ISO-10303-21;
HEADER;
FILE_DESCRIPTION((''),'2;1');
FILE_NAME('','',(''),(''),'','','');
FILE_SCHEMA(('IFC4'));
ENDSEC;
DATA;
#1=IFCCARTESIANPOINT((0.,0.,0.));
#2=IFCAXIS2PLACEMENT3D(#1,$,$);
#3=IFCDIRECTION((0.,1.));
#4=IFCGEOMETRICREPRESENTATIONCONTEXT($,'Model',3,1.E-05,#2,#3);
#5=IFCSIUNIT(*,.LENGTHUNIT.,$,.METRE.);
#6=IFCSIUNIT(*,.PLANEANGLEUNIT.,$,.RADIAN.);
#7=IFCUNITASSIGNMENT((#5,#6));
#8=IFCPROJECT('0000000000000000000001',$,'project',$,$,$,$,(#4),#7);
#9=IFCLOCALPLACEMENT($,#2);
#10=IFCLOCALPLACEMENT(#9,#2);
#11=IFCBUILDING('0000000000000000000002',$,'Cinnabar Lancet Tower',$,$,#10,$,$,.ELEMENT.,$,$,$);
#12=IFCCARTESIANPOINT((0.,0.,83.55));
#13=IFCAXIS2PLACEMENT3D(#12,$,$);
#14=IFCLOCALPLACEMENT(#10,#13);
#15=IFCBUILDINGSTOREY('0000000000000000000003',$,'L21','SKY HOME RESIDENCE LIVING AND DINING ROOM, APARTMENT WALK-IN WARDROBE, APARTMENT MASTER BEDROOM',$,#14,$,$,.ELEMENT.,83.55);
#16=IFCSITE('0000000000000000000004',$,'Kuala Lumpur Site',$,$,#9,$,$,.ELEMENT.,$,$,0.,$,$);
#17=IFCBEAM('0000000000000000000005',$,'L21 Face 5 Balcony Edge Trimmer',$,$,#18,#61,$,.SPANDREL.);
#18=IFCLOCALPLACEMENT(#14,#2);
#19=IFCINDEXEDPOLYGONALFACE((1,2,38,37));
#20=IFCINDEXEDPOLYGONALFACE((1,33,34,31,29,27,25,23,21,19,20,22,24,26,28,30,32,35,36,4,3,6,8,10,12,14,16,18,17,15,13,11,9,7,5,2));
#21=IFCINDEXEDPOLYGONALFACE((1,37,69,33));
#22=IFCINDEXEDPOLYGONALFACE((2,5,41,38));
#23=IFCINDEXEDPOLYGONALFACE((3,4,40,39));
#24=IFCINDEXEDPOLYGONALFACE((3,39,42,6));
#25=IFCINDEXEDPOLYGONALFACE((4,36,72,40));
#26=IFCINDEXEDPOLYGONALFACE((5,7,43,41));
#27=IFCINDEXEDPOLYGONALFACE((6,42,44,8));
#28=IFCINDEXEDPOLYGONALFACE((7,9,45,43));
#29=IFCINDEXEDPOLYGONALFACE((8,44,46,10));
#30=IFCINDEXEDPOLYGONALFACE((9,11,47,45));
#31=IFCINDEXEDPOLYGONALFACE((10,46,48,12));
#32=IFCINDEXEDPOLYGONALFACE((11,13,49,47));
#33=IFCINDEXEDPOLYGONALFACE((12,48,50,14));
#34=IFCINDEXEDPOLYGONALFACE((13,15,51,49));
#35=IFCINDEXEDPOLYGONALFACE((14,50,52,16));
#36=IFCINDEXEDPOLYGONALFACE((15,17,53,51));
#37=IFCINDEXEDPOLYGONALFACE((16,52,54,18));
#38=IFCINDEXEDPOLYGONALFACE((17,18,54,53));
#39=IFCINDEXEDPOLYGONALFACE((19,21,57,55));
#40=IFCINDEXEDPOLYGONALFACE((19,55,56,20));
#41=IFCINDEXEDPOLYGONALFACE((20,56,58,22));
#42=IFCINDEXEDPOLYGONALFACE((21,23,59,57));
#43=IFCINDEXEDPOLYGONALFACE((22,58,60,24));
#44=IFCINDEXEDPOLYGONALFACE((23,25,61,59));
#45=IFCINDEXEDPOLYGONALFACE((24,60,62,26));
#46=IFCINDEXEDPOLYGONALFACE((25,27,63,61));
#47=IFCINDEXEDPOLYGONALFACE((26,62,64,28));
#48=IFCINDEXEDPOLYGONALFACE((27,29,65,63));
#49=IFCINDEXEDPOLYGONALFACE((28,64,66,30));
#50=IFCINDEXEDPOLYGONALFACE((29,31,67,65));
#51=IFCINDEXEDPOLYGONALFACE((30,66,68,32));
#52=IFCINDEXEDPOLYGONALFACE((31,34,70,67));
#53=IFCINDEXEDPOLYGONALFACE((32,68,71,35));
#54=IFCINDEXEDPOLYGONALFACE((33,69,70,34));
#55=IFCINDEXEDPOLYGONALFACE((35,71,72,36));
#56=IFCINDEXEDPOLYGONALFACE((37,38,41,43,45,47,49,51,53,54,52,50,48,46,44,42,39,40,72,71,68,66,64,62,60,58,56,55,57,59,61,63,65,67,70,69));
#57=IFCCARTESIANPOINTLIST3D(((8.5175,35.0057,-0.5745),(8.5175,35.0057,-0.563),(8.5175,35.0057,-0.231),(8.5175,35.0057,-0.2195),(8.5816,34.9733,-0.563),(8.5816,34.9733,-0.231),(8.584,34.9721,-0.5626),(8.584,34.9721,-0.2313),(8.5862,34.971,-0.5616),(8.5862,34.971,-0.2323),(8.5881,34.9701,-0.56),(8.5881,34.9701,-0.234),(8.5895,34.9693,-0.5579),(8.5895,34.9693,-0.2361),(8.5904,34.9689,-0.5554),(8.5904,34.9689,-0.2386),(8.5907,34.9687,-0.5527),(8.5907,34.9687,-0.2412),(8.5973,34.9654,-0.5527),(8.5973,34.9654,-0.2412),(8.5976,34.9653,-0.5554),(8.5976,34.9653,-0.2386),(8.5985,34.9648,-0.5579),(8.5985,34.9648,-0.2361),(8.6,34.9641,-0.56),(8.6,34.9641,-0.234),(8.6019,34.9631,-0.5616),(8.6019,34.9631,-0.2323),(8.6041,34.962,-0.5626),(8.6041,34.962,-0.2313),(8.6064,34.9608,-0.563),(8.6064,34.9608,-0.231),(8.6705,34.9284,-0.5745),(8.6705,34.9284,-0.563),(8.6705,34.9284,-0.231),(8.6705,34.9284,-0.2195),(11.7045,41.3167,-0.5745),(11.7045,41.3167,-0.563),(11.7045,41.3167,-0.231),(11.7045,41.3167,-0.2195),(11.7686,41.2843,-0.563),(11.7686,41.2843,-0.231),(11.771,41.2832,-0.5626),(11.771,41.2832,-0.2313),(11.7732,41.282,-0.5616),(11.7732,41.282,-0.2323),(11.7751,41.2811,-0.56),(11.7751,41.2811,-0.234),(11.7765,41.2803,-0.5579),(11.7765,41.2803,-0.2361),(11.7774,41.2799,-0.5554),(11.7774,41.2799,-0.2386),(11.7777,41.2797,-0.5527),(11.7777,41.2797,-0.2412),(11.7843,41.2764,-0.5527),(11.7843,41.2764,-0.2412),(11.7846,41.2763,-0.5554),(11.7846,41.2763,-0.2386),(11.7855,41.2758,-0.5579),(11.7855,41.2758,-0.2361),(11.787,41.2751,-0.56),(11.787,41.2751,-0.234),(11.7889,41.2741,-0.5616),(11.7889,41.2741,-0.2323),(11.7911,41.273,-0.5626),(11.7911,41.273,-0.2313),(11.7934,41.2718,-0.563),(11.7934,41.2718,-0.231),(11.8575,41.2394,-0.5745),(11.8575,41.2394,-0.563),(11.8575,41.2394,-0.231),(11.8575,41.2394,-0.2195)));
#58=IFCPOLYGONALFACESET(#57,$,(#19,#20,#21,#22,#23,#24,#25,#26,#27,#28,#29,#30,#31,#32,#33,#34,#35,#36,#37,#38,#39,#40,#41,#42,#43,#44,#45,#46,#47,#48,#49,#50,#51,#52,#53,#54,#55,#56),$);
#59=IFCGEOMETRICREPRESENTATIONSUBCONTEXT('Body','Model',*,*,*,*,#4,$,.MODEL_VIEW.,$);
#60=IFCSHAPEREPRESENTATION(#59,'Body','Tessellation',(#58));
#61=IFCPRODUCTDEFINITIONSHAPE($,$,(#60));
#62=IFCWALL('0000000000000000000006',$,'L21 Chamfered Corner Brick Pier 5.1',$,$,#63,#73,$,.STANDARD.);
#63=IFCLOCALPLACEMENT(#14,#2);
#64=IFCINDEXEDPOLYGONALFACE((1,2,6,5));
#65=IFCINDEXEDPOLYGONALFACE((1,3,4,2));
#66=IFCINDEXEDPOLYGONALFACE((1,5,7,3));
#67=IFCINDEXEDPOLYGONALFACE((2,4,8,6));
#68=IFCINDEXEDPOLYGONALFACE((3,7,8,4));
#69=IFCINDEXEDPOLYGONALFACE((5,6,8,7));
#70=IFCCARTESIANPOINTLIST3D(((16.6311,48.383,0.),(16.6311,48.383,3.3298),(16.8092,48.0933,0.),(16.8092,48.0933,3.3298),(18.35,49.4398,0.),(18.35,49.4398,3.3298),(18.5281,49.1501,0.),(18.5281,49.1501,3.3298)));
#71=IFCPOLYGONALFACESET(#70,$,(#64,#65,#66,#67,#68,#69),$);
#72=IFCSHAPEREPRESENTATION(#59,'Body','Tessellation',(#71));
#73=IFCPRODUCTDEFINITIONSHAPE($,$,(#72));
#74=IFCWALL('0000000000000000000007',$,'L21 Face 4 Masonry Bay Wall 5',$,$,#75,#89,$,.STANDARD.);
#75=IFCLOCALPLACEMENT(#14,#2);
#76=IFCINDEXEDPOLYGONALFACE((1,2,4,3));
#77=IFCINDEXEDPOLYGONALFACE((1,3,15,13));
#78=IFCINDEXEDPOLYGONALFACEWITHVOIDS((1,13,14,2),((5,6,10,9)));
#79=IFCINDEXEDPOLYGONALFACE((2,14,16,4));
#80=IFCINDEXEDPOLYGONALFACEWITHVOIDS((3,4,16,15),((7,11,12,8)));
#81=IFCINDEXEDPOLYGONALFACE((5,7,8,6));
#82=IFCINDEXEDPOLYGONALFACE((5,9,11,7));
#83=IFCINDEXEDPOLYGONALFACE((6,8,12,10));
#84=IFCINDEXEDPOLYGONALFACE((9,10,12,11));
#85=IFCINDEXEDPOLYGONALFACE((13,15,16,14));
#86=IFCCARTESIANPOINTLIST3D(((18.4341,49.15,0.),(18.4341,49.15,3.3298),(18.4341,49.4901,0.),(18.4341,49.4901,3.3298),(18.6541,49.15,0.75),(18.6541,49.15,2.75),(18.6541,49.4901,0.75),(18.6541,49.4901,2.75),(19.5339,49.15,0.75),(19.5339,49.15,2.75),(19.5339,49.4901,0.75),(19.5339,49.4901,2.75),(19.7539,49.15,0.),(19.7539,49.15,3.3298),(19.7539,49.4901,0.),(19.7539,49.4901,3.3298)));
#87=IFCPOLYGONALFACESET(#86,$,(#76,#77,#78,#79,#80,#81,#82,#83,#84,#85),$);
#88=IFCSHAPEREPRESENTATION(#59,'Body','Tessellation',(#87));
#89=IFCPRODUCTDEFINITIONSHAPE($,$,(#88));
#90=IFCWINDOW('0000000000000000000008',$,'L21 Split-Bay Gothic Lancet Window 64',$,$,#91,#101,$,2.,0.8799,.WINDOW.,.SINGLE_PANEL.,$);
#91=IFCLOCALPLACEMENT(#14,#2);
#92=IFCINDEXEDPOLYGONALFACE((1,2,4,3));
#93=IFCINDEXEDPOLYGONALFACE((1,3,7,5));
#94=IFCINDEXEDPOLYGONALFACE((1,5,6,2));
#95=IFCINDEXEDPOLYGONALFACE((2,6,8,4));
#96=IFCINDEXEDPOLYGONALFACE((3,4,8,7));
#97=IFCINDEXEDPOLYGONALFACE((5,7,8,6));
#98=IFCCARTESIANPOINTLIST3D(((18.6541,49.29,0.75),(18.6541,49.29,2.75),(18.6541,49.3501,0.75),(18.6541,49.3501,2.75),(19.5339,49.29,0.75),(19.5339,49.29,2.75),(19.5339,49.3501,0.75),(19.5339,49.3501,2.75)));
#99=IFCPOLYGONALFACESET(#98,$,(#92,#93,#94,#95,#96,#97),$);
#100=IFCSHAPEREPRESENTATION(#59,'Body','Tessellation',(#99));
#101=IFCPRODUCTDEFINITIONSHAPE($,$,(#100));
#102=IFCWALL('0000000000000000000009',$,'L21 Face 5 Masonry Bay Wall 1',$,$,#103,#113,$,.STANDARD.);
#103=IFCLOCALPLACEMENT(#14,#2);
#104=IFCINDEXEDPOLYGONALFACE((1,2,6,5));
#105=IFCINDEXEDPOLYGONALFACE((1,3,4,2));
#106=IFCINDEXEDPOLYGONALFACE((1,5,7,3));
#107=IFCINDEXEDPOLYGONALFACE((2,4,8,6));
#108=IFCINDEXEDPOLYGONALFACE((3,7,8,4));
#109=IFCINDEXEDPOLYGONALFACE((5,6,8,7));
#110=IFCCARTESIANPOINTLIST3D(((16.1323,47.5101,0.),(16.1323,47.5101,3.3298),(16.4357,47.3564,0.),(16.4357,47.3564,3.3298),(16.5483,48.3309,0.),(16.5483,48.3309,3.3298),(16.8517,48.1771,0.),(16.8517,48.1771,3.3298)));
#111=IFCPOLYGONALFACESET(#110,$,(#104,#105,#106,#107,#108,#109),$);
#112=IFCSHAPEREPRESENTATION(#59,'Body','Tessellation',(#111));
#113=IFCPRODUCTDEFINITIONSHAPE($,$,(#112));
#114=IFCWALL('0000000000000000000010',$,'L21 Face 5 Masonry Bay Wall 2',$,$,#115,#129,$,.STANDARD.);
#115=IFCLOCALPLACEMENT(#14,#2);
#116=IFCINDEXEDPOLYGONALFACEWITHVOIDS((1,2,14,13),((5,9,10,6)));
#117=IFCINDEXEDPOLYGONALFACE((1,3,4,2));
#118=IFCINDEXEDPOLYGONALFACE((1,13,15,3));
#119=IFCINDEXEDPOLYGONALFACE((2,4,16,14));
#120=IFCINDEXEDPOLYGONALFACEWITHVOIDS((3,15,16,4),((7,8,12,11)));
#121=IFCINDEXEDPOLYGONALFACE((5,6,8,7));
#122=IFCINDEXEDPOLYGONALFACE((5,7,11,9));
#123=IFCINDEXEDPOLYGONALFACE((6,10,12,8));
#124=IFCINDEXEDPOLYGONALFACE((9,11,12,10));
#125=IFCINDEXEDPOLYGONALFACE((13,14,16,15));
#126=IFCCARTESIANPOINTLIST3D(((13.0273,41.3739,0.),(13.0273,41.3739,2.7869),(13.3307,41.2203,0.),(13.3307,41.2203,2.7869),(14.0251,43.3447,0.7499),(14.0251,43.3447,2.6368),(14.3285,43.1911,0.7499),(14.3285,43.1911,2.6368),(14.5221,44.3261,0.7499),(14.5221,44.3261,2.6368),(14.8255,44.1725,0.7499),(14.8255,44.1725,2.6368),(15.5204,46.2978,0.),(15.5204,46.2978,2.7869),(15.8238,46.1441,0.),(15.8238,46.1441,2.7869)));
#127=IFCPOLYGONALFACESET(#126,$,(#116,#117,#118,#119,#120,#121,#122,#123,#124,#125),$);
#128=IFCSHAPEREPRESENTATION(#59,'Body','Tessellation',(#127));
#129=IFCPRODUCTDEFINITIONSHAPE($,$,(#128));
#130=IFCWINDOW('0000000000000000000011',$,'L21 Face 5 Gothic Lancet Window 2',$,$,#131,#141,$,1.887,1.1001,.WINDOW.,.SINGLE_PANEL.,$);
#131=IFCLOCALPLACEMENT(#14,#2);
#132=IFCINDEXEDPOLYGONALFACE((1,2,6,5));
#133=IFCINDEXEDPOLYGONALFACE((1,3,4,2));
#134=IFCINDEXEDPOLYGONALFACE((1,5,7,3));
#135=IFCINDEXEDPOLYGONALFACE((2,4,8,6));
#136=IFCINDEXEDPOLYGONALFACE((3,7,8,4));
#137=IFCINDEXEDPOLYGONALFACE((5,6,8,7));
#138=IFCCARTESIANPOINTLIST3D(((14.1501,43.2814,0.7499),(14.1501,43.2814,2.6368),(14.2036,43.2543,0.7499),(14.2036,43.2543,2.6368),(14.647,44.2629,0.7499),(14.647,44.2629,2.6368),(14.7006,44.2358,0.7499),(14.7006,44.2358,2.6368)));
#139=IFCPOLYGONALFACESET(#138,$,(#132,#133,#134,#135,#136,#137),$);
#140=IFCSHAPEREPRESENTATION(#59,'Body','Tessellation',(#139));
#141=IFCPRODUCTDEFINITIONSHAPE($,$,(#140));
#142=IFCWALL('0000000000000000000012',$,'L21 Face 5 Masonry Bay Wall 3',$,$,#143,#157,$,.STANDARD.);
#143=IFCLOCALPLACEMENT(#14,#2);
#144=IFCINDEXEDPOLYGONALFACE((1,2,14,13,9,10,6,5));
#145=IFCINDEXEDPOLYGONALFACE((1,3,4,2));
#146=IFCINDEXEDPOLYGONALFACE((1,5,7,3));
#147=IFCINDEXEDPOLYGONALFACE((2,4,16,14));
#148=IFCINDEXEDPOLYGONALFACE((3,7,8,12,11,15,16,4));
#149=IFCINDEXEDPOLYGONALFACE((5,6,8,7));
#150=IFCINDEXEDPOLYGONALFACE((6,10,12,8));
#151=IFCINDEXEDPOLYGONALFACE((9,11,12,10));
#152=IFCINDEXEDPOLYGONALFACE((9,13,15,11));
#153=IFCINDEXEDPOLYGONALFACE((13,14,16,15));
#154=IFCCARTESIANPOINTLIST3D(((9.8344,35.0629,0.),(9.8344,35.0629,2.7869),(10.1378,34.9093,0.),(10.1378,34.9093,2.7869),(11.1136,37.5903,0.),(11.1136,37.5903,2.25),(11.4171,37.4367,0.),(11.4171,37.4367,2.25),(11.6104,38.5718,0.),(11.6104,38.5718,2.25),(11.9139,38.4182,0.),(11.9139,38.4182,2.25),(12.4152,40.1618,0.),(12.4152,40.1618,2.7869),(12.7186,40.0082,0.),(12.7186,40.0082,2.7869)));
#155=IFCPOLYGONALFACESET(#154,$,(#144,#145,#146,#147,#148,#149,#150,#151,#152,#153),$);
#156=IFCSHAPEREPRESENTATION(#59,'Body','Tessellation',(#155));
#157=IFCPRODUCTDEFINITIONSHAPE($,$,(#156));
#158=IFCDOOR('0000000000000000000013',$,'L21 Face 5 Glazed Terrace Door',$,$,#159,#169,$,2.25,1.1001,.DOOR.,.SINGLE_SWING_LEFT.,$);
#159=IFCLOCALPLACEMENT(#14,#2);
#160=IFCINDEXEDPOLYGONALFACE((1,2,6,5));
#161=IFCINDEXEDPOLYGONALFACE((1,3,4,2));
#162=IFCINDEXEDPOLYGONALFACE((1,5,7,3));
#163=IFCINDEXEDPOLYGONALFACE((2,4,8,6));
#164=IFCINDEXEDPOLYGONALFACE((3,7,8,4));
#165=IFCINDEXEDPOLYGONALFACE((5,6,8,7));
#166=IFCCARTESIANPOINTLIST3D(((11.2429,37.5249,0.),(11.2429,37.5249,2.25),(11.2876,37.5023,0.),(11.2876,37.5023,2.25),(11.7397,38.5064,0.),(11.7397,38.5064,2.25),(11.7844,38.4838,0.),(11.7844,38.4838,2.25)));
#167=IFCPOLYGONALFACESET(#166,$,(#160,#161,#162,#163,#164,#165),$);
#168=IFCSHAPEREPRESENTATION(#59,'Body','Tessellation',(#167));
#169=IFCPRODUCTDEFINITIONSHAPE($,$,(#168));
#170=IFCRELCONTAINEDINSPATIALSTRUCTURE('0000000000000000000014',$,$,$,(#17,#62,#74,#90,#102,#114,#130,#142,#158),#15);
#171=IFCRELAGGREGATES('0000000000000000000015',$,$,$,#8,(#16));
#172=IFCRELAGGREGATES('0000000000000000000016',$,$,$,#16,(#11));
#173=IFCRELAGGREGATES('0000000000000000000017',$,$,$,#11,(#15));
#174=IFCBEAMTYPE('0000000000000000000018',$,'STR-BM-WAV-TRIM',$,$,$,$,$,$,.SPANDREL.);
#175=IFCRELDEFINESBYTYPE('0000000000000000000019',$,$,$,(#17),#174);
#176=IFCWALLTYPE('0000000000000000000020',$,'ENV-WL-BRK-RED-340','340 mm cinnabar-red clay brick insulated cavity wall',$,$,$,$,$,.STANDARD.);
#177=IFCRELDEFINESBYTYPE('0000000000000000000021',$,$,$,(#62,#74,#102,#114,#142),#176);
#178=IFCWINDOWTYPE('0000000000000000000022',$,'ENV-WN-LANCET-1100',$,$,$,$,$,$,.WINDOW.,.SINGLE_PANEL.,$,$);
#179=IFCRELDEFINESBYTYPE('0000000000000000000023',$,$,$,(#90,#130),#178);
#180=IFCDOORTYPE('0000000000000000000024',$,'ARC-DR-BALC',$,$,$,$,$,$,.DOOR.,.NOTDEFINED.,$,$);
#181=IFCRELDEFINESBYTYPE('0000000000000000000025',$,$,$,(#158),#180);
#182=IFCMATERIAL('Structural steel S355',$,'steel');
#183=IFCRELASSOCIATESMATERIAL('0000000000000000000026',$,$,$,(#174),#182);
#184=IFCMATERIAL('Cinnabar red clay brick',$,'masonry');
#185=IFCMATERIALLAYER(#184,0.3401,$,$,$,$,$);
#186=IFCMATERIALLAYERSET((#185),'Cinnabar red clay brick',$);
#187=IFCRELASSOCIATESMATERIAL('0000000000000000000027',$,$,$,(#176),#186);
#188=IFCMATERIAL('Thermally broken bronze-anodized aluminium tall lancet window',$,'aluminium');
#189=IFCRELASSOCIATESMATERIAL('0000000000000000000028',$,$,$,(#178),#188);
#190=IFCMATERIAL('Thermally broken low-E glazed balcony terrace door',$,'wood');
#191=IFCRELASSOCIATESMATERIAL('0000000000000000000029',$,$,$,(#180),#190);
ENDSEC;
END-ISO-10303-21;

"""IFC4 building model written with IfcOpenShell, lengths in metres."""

from ifc_helpers import new_model, si_unit, direction, frame, frame_2d, origin, origin_2d, place, context, subcontext, project, spatial, rectangle, i_section, extrude, material, layer, layer_set, material_profile, profile_set, type_object, element, fill, save


model = new_model("IFC4")

# Units and contexts
model_context = context("Model", 3, precision=1e-05, world=origin(), true_north=direction((0.0, 1.0)))
body_context = subcontext(model_context, "Body", "Model", "MODEL_VIEW")
ifc_project = project(units=[si_unit("LENGTHUNIT", "METRE"), si_unit("PLANEANGLEUNIT", "RADIAN")], contexts=[model_context])

# Site, building, storey
site_placement = place(None, origin())
site = spatial("IfcSite", under=ifc_project, at=site_placement, Name="Kuala Lumpur Site", CompositionType="ELEMENT", RefElevation=0.0)
building_placement = place(site_placement, origin())
building = spatial("IfcBuilding", under=site, at=building_placement, Name="Cinnabar Lancet Tower", CompositionType="ELEMENT")
storey_placement = place(building_placement, frame((0.0, 0.0, 83.55)))
storey = spatial("IfcBuildingStorey", under=building, at=storey_placement, Name="L21", Description="SKY HOME RESIDENCE LIVING AND DINING ROOM, APARTMENT WALK-IN WARDROBE, APARTMENT MASTER BEDROOM", CompositionType="ELEMENT", Elevation=83.55)

# Beam
ifc_material_1 = material(Name="Structural steel S355", Category="steel")
ifc_material_profile_1 = material_profile(ifc_material_1, i_section(OverallWidth=0.1714, OverallDepth=0.355, WebThickness=0.0073, FlangeThickness=0.0115, FilletRadius=0.0103, at=origin_2d()), Name="UKB 356x171x51")
ifc_profile_set_1 = profile_set([ifc_material_profile_1], Name="Structural steel S355")
beam_type_1 = type_object("IfcBeamType", Name="STR-BM-WAV-TRIM", PredefinedType="SPANDREL", material=ifc_profile_set_1)
beam_1_placement = place(storey_placement, frame((11.781, 41.2781, -0.397), z_axis=(-0.450774, -0.892638, 0.0), x_axis=(0.892638, -0.450774, 0.0)))
element("IfcBeam", 1, at=beam_1_placement, inside=storey, type_object=beam_type_1, Name="L21 Face 5 Balcony Edge Trimmer", PredefinedType="SPANDREL", context=body_context, shape_type="SweptSolid", body=[
    extrude(i_section(OverallWidth=0.1714, OverallDepth=0.355, WebThickness=0.0073, FlangeThickness=0.0115, FilletRadius=0.0103, at=origin_2d()), origin(), (0.0, 0.0, 1.0), 7.0701),
])

# Wall
ifc_material_2 = material(Name="Cinnabar red clay brick", Category="masonry")
ifc_layer_1 = layer(ifc_material_2, 0.3401)
ifc_layer_set_1 = layer_set([ifc_layer_1], Name="Cinnabar red clay brick")
wall_type = type_object("IfcWallType", Name="ENV-WL-BRK-RED-340", Description="340 mm cinnabar-red clay brick insulated cavity wall", PredefinedType="STANDARD", material=ifc_layer_set_1)
wall_1_placement = place(storey_placement, frame((18.439, 49.2949, 0.0), z_axis=(0.0, 0.0, 1.0), x_axis=(-0.85187, -0.523753, 0.0)))
element("IfcWall", 2, at=wall_1_placement, inside=storey, type_object=wall_type, Name="L21 Chamfered Corner Brick Pier 5.1", PredefinedType="STANDARD", context=body_context, shape_type="SweptSolid", body=[
    extrude(rectangle(XDim=2.0178, YDim=0.3401, at=frame_2d((1.0088, 0.0))), origin(), (0.0, 0.0, 1.0), 3.3298),
])

# Wall, opening, window
wall_2_placement = place(storey_placement, frame((19.7539, 49.3201, 0.0), z_axis=(0.0, 0.0, 1.0), x_axis=(-1.0, 0.0, 0.0)))
wall_2 = element("IfcWall", 3, at=wall_2_placement, inside=storey, type_object=wall_type, Name="L21 Face 4 Masonry Bay Wall 5", PredefinedType="STANDARD", context=body_context, shape_type="SweptSolid", body=[
    extrude(rectangle(XDim=1.3198, YDim=0.3401, at=frame_2d((0.6599, 0.0))), origin(), (0.0, 0.0, 1.0), 3.3298),
])
opening_1_placement = place(wall_2_placement, frame((0.22, 0.0, 0.75)))
opening_1 = element("IfcOpeningElement", 4, at=opening_1_placement, cuts=wall_2, PredefinedType="OPENING", context=body_context, shape_type="SweptSolid", body=[
    extrude(rectangle(XDim=0.8799, YDim=2.0, at=frame_2d((0.4399, 1.0))), frame((0.0, 0.1799, 0.0), z_axis=(0.0, -1.0, 0.0), x_axis=(1.0, 0.0, 0.0)), (0.0, 0.0, 1.0), 0.3601),
])
ifc_material_3 = material(Name="Thermally broken bronze-anodized aluminium tall lancet window", Category="aluminium")
window_type = type_object("IfcWindowType", Name="ENV-WN-LANCET-1100", PartitioningType="SINGLE_PANEL", PredefinedType="WINDOW", material=ifc_material_3)
window_1_placement = place(opening_1_placement, origin())
window_1 = element("IfcWindow", 5, at=window_1_placement, inside=storey, type_object=window_type, Name="L21 Split-Bay Gothic Lancet Window 64", OverallHeight=2.0, OverallWidth=0.8799, PartitioningType="SINGLE_PANEL", PredefinedType="WINDOW", context=body_context, shape_type="SweptSolid", body=[
    extrude(rectangle(XDim=0.8799, YDim=2.0, at=frame_2d((0.4399, 1.0))), frame((0.0, 0.03, 0.0), z_axis=(0.0, -1.0, 0.0), x_axis=(1.0, 0.0, 0.0)), (0.0, 0.0, 1.0), 0.0601),
])
fill(opening_1, window_1)

# Wall
wall_3_placement = place(storey_placement, frame((16.7, 48.2539, 0.0), z_axis=(0.0, 0.0, 1.0), x_axis=(-0.452089, -0.891973, 0.0)))
element("IfcWall", 6, at=wall_3_placement, inside=storey, type_object=wall_type, Name="L21 Face 5 Masonry Bay Wall 1", PredefinedType="STANDARD", context=body_context, shape_type="SweptSolid", body=[
    extrude(rectangle(XDim=0.9202, YDim=0.3401, at=frame_2d((0.46, 0.0))), origin(), (0.0, 0.0, 1.0), 3.3298),
])

# Wall, opening, window
wall_4_placement = place(storey_placement, frame((15.6721, 46.2209, 0.0), z_axis=(0.0, 0.0, 1.0), x_axis=(-0.451738, -0.892151, 0.0)))
wall_4 = element("IfcWall", 7, at=wall_4_placement, inside=storey, type_object=wall_type, Name="L21 Face 5 Masonry Bay Wall 2", PredefinedType="STANDARD", context=body_context, shape_type="SweptSolid", body=[
    extrude(rectangle(XDim=5.519, YDim=0.3401, at=frame_2d((2.7595, 0.0))), origin(), (0.0, 0.0, 1.0), 2.7869),
])
opening_2_placement = place(wall_4_placement, frame((2.21, 0.0, 0.75)))
opening_2 = element("IfcOpeningElement", 8, at=opening_2_placement, cuts=wall_4, PredefinedType="OPENING", context=body_context, shape_type="SweptSolid", body=[
    extrude(rectangle(XDim=1.1001, YDim=1.887, at=frame_2d((0.55, 0.9434))), frame((0.0, 0.1799, 0.0), z_axis=(0.0, -1.0, 0.0), x_axis=(1.0, 0.0, 0.0)), (0.0, 0.0, 1.0), 0.3601),
])
window_2_placement = place(opening_2_placement, origin())
window_2 = element("IfcWindow", 9, at=window_2_placement, inside=storey, type_object=window_type, Name="L21 Face 5 Gothic Lancet Window 2", OverallHeight=1.887, OverallWidth=1.1001, PartitioningType="SINGLE_PANEL", PredefinedType="WINDOW", context=body_context, shape_type="SweptSolid", body=[
    extrude(rectangle(XDim=1.1001, YDim=1.887, at=frame_2d((0.55, 0.9434))), frame((0.0, 0.03, 0.0), z_axis=(0.0, -1.0, 0.0), x_axis=(1.0, 0.0, 0.0)), (0.0, 0.0, 1.0), 0.0601),
])
fill(opening_2, window_2)

# Wall, opening, door
wall_5_placement = place(storey_placement, frame((12.5669, 40.085, 0.0), z_axis=(0.0, 0.0, 1.0), x_axis=(-0.4516, -0.892221, 0.0)))
wall_5 = element("IfcWall", 10, at=wall_5_placement, inside=storey, type_object=wall_type, Name="L21 Face 5 Masonry Bay Wall 3", PredefinedType="STANDARD", context=body_context, shape_type="SweptSolid", body=[
    extrude(rectangle(XDim=5.7148, YDim=0.3401, at=frame_2d((2.8574, 0.0))), origin(), (0.0, 0.0, 1.0), 2.7869),
])
opening_3_placement = place(wall_5_placement, frame((1.782, 0.0, 0.0)))
opening_3 = element("IfcOpeningElement", 11, at=opening_3_placement, cuts=wall_5, PredefinedType="OPENING", context=body_context, shape_type="SweptSolid", body=[
    extrude(rectangle(XDim=1.1001, YDim=2.25, at=frame_2d((0.55, 1.125))), frame((0.0, 0.1799, 0.0), z_axis=(0.0, -1.0, 0.0), x_axis=(1.0, 0.0, 0.0)), (0.0, 0.0, 1.0), 0.3601),
])
ifc_material_4 = material(Name="Thermally broken low-E glazed balcony terrace door", Category="wood")
door_type = type_object("IfcDoorType", Name="ARC-DR-BALC", OperationType="NOTDEFINED", PredefinedType="DOOR", material=ifc_material_4)
door_placement = place(opening_3_placement, origin())
door = element("IfcDoor", 12, at=door_placement, inside=storey, type_object=door_type, Name="L21 Face 5 Glazed Terrace Door", OperationType="SINGLE_SWING_LEFT", OverallHeight=2.25, OverallWidth=1.1001, PredefinedType="DOOR", context=body_context, shape_type="SweptSolid", body=[
    extrude(rectangle(XDim=1.1001, YDim=2.25, at=frame_2d((0.55, 1.125))), frame((0.0, 0.0249, 0.0), z_axis=(0.0, -1.0, 0.0), x_axis=(1.0, 0.0, 0.0)), (0.0, 0.0, 1.0), 0.05),
])
fill(opening_3, door)

save(model, "model.ifc")
